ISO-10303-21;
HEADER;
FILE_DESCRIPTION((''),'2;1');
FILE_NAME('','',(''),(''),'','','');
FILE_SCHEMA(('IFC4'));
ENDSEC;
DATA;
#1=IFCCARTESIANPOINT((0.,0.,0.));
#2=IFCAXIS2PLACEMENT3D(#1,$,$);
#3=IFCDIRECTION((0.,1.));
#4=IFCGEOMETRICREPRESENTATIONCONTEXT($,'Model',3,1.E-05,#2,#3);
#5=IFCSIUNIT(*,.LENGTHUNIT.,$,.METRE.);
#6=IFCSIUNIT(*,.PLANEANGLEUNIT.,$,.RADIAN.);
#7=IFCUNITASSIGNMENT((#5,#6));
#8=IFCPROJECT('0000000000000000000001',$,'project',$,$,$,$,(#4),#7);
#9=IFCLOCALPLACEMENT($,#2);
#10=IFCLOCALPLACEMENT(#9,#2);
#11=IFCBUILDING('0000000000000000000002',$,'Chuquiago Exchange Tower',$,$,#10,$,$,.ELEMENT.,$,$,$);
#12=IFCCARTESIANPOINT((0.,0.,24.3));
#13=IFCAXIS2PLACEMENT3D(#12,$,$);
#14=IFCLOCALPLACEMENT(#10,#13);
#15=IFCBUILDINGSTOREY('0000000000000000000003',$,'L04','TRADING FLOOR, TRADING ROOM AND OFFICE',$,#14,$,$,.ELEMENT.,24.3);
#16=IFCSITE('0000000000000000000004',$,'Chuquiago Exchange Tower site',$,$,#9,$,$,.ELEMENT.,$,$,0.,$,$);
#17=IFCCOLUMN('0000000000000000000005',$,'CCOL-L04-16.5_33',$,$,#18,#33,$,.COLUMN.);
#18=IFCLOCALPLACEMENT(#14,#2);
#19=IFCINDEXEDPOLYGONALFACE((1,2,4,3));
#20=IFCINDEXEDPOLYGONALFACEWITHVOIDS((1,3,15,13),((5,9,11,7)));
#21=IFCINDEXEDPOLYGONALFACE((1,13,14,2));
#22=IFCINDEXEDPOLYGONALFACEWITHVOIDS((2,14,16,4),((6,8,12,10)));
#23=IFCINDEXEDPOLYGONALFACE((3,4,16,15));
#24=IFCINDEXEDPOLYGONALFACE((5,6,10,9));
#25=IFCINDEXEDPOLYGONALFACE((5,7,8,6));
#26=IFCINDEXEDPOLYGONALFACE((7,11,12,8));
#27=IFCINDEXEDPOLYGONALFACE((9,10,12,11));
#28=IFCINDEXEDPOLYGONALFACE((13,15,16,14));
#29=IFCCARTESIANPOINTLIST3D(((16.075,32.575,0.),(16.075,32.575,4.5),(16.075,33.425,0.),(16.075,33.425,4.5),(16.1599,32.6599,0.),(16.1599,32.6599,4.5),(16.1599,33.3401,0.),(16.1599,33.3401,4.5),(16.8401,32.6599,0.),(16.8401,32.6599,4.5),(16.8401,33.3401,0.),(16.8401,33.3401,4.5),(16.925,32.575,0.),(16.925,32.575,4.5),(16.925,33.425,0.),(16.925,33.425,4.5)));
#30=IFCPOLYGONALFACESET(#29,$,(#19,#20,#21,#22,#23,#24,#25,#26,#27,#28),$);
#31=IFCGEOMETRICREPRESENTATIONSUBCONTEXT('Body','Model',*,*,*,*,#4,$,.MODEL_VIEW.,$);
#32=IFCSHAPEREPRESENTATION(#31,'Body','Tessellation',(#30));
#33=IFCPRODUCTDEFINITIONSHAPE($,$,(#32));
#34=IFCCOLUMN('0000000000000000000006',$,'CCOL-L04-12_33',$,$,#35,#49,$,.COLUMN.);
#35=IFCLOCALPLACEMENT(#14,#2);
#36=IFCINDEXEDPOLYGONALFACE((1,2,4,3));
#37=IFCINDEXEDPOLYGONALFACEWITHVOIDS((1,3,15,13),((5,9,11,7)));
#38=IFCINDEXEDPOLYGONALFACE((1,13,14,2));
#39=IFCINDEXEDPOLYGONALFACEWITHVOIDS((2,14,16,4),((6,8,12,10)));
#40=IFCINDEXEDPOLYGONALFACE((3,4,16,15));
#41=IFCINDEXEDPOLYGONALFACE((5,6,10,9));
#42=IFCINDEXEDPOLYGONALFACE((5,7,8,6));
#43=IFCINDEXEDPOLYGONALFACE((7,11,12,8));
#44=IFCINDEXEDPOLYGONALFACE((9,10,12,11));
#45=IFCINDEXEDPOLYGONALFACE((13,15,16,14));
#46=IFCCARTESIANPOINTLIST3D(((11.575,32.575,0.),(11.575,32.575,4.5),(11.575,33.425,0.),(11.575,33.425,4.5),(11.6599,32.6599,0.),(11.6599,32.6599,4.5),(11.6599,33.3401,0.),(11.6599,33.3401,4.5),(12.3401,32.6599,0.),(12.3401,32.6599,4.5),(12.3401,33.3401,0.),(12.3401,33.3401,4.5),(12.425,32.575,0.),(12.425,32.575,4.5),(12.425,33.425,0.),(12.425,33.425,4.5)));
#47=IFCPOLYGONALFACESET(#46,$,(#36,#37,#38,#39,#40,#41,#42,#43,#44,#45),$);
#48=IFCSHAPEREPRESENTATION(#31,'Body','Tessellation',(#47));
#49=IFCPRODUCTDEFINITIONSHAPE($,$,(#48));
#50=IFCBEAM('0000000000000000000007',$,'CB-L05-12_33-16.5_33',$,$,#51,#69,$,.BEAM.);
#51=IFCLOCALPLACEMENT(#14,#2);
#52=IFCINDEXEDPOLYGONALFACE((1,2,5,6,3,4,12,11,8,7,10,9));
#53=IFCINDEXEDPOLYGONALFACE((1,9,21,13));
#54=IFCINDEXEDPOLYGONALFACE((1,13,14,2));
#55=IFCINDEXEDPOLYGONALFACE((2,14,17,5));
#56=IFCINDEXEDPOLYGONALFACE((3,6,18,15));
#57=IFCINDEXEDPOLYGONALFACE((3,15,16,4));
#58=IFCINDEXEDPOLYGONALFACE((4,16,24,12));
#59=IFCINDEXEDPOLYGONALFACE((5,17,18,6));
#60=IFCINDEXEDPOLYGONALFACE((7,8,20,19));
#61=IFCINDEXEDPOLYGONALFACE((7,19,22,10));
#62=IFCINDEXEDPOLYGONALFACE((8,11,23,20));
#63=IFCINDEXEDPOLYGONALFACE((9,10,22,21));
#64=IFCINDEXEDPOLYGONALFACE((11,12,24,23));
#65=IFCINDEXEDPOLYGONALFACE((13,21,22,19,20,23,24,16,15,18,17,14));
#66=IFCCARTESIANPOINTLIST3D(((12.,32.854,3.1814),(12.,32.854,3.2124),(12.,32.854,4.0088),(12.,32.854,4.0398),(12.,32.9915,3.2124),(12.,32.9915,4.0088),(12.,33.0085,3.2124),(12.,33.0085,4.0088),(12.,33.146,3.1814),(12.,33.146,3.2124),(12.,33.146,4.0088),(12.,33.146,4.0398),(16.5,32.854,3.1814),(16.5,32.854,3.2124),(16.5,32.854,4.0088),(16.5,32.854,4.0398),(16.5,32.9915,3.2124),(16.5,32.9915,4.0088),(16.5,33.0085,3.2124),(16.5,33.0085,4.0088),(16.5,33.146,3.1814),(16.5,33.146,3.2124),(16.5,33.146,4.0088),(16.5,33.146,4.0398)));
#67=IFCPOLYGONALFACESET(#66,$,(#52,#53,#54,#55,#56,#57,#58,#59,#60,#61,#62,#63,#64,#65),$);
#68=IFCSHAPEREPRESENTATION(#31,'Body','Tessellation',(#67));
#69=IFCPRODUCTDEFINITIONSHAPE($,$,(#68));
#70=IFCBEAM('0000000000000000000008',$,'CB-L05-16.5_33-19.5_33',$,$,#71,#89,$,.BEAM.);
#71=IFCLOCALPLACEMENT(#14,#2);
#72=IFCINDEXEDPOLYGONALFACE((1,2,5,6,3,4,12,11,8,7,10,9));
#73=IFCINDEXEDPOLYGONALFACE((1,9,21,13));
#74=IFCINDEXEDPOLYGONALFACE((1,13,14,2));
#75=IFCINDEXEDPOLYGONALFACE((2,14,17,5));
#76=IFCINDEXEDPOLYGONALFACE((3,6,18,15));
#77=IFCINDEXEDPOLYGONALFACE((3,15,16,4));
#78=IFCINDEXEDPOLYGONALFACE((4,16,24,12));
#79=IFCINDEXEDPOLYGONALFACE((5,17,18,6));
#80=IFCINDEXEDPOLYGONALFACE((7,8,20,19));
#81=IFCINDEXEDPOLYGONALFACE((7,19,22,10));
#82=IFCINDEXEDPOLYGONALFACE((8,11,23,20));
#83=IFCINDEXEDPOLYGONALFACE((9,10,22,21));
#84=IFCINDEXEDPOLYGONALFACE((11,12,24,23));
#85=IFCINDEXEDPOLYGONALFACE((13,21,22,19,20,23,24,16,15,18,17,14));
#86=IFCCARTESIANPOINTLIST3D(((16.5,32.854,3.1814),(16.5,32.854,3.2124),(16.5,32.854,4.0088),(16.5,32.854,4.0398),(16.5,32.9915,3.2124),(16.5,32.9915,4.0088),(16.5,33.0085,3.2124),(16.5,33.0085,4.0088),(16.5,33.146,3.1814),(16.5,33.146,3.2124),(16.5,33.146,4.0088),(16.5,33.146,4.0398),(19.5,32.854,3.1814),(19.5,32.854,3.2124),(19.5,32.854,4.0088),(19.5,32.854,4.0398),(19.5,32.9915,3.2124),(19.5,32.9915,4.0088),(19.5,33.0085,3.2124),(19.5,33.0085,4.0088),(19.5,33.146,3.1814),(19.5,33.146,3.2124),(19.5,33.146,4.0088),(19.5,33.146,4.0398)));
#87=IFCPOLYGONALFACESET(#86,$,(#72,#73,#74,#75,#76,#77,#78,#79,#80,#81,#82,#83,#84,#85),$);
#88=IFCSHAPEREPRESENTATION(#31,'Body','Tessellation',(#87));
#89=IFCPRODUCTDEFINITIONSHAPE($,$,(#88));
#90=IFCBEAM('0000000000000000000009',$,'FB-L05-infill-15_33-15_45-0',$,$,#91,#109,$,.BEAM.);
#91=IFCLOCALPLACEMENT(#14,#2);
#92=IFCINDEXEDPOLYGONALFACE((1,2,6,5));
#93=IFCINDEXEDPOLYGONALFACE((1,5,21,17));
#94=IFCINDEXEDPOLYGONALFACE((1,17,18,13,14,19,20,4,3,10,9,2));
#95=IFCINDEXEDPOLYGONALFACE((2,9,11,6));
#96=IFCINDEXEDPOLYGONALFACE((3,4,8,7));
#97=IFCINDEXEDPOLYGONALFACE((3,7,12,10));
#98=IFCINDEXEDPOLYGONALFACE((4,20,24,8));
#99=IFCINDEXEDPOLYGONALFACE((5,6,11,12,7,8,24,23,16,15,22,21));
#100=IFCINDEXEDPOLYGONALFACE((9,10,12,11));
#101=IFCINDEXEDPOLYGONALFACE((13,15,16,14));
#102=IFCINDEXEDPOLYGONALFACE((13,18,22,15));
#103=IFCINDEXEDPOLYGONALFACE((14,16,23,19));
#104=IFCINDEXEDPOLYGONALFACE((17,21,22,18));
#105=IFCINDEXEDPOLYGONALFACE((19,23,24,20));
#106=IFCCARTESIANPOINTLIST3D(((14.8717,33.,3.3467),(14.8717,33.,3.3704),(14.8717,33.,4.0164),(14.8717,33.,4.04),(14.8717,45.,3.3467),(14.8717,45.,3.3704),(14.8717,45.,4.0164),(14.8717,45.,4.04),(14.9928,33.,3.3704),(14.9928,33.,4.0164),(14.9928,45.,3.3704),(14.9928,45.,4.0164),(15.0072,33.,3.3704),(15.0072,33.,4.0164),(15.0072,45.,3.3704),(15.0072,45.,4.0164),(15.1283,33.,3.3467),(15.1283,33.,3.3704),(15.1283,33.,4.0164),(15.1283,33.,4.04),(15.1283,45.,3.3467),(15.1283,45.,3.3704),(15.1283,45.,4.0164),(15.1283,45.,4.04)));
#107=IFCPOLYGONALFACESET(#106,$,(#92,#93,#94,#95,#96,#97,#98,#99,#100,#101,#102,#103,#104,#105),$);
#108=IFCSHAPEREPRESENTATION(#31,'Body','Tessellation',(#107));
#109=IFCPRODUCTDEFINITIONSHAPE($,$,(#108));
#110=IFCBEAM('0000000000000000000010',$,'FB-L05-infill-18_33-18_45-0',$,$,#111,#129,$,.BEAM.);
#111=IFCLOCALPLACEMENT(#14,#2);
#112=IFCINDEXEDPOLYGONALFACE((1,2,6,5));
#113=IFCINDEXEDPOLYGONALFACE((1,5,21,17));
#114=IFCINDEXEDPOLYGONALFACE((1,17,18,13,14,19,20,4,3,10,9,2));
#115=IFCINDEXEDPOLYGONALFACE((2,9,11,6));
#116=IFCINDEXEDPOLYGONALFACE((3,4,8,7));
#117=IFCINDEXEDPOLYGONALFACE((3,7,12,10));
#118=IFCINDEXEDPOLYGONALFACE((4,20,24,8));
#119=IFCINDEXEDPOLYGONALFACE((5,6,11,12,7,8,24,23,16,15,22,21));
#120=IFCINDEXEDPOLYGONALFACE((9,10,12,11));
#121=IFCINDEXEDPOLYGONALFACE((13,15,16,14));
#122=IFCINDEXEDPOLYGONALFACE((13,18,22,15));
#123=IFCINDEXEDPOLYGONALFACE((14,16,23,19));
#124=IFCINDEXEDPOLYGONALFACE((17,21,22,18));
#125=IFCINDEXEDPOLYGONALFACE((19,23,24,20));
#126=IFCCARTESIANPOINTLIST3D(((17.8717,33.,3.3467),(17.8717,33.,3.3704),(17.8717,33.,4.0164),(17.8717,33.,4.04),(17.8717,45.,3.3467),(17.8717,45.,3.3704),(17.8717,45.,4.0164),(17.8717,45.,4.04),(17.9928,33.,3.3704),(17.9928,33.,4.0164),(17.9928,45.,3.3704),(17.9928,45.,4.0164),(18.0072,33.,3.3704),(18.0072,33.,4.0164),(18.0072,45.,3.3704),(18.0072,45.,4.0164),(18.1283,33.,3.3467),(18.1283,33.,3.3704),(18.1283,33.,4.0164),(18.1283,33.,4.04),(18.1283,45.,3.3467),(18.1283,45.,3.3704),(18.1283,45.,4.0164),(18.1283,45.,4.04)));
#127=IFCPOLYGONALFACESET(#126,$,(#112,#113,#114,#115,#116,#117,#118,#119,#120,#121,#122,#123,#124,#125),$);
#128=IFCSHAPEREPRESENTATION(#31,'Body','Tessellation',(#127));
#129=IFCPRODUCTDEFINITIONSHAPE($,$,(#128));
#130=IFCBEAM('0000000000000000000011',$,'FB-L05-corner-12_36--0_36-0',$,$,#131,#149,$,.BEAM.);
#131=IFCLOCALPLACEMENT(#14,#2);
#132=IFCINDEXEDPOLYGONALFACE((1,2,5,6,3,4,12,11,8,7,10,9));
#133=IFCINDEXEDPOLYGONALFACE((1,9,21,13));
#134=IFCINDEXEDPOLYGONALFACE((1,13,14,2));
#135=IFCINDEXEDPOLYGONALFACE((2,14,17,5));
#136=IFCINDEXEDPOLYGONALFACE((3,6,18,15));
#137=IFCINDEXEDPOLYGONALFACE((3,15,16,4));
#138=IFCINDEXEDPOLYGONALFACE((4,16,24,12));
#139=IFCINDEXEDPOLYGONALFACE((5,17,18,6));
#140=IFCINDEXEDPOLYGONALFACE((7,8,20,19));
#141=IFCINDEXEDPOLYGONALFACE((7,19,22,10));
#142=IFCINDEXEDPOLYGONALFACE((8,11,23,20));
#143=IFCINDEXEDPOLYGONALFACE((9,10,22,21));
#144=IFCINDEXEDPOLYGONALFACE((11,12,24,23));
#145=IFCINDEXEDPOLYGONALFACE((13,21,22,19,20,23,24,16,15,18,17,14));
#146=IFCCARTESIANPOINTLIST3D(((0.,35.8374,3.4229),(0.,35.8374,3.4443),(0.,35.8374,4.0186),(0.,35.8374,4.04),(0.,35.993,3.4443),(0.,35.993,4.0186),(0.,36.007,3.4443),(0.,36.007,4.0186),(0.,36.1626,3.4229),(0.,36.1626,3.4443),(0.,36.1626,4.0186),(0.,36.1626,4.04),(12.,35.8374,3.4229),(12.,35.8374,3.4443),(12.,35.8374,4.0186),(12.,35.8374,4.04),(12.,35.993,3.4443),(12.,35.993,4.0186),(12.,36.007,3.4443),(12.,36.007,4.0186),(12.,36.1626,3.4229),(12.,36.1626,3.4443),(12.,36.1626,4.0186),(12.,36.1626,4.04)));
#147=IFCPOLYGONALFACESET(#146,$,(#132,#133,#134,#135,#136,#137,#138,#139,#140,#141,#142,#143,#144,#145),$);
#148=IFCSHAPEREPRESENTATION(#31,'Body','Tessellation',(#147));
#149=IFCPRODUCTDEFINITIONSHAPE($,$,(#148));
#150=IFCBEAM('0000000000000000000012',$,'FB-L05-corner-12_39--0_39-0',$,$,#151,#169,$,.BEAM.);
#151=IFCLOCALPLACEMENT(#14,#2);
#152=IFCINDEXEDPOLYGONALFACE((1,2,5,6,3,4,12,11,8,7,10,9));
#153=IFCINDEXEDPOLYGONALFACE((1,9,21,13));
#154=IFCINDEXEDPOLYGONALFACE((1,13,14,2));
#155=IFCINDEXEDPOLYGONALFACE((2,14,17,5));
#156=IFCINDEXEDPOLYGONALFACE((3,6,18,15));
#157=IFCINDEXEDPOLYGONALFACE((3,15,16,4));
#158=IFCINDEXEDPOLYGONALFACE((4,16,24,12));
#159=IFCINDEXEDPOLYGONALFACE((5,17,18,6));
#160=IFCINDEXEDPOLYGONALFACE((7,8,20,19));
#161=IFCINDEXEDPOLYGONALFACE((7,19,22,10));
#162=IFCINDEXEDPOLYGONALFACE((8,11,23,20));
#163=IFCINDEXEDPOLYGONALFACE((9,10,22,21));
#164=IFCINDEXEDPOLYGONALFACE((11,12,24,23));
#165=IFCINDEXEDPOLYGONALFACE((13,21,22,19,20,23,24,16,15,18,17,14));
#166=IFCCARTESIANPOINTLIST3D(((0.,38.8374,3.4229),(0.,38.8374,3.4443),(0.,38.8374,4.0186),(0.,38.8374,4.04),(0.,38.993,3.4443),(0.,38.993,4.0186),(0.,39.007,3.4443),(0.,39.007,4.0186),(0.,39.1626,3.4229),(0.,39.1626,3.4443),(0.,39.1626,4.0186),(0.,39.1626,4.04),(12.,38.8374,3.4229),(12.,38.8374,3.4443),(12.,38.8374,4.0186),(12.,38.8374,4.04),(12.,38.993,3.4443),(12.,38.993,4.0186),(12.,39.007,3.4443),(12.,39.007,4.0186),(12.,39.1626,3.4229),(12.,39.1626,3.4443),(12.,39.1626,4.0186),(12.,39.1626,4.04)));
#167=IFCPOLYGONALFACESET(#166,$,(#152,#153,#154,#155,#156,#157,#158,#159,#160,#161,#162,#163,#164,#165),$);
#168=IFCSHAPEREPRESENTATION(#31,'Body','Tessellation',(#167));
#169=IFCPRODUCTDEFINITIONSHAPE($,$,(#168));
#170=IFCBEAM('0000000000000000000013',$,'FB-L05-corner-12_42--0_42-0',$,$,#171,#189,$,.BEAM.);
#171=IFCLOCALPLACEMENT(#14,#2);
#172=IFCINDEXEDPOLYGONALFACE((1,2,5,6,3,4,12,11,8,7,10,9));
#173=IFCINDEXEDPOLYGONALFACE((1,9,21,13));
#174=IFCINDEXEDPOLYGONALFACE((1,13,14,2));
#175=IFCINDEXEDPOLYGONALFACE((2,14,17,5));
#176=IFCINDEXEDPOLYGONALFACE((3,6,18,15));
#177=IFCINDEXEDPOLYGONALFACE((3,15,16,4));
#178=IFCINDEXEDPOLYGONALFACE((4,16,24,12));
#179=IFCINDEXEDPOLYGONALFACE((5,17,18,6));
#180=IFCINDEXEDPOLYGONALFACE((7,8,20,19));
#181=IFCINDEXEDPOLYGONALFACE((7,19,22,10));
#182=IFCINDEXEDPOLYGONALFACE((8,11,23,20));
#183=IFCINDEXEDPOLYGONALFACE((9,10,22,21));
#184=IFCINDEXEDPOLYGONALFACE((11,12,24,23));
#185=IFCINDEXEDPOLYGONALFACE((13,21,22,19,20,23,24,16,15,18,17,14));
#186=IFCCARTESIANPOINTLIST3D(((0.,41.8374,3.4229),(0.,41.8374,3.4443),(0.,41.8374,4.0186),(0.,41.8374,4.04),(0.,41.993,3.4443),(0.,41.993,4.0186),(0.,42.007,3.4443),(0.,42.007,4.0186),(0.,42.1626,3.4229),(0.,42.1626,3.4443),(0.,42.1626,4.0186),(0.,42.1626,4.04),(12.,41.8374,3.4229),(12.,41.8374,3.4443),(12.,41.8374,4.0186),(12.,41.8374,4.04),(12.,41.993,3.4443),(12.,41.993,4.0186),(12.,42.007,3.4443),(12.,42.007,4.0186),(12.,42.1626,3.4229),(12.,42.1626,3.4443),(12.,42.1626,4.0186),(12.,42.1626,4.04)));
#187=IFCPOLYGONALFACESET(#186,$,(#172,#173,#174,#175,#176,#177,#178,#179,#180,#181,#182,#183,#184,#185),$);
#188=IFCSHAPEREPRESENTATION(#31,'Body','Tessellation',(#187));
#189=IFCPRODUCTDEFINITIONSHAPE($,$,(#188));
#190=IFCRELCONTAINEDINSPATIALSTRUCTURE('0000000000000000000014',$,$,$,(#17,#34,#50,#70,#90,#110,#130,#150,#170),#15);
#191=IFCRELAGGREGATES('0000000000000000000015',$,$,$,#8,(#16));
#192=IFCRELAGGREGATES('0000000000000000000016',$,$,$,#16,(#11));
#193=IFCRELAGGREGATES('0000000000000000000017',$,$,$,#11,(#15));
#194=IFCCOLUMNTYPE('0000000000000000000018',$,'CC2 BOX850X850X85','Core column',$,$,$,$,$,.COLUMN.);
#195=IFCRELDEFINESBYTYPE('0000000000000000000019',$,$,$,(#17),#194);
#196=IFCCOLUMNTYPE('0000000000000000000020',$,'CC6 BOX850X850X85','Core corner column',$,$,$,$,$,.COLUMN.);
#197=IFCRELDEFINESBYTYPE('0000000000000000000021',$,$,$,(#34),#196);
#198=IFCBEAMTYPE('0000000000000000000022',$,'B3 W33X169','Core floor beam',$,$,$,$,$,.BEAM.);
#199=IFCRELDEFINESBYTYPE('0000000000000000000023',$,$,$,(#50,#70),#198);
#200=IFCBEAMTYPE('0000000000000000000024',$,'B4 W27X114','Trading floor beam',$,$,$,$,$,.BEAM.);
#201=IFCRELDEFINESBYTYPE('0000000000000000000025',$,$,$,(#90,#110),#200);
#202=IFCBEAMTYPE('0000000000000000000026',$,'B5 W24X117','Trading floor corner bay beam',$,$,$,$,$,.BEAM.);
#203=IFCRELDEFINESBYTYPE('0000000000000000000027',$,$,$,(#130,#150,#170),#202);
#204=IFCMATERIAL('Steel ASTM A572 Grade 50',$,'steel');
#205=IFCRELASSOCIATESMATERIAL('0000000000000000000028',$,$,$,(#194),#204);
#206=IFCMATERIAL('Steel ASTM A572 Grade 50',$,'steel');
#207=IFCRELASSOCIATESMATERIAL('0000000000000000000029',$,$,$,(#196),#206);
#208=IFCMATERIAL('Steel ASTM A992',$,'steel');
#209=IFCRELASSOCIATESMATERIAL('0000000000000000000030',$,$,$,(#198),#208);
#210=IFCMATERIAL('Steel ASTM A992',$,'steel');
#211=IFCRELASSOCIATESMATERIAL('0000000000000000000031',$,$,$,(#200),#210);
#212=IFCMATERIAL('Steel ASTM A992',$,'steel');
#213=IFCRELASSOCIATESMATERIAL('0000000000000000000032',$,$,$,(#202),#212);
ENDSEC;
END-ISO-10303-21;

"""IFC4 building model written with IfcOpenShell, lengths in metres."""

from ifc_helpers import new_model, si_unit, direction, frame, origin, origin_2d, place, context, subcontext, project, spatial, hollow_rectangle, i_section, extrude, material, material_profile, profile_set, type_object, element, save


model = new_model("IFC4")

# Units and contexts
model_context = context("Model", 3, precision=1e-05, world=origin(), true_north=direction((0.0, 1.0)))
body_context = subcontext(model_context, "Body", "Model", "MODEL_VIEW")
ifc_project = project(units=[si_unit("LENGTHUNIT", "METRE"), si_unit("PLANEANGLEUNIT", "RADIAN")], contexts=[model_context])

# Site, building, storey
site_placement = place(None, origin())
site = spatial("IfcSite", under=ifc_project, at=site_placement, Name="Chuquiago Exchange Tower site", CompositionType="ELEMENT", RefElevation=0.0)
building_placement = place(site_placement, origin())
building = spatial("IfcBuilding", under=site, at=building_placement, Name="Chuquiago Exchange Tower", CompositionType="ELEMENT")
storey_placement = place(building_placement, frame((0.0, 0.0, 24.3)))
storey = spatial("IfcBuildingStorey", under=building, at=storey_placement, Name="L04", Description="TRADING FLOOR, TRADING ROOM AND OFFICE", CompositionType="ELEMENT", Elevation=24.3)

# Columns
ifc_material_1 = material(Name="Steel ASTM A572 Grade 50", Category="steel")
ifc_material_profile_1 = material_profile(ifc_material_1, hollow_rectangle(XDim=0.8501, YDim=0.8501, WallThickness=0.085, at=origin_2d()), Name="BOX850X850X85")
ifc_profile_set_1 = profile_set([ifc_material_profile_1], Name="Steel ASTM A572 Grade 50")
column_type_1 = type_object("IfcColumnType", Name="CC2 BOX850X850X85", Description="Core column", PredefinedType="COLUMN", material=ifc_profile_set_1)
column_1_placement = place(storey_placement, frame((16.5, 33.0, 0.0), z_axis=(0.0, 0.0, 1.0), x_axis=(1.0, 0.0, 0.0)))
element("IfcColumn", 1, at=column_1_placement, inside=storey, type_object=column_type_1, Name="CCOL-L04-16.5_33", PredefinedType="COLUMN", context=body_context, shape_type="SweptSolid", body=[
    extrude(hollow_rectangle(XDim=0.8501, YDim=0.8501, WallThickness=0.085, at=origin_2d()), origin(), (0.0, 0.0, 1.0), 4.5),
])
ifc_material_2 = material(Name="Steel ASTM A572 Grade 50", Category="steel")
ifc_material_profile_2 = material_profile(ifc_material_2, hollow_rectangle(XDim=0.8501, YDim=0.8501, WallThickness=0.085, at=origin_2d()), Name="BOX850X850X85")
ifc_profile_set_2 = profile_set([ifc_material_profile_2], Name="Steel ASTM A572 Grade 50")
column_type_2 = type_object("IfcColumnType", Name="CC6 BOX850X850X85", Description="Core corner column", PredefinedType="COLUMN", material=ifc_profile_set_2)
column_2_placement = place(storey_placement, frame((12.0, 33.0, 0.0), z_axis=(0.0, 0.0, 1.0), x_axis=(1.0, 0.0, 0.0)))
element("IfcColumn", 2, at=column_2_placement, inside=storey, type_object=column_type_2, Name="CCOL-L04-12_33", PredefinedType="COLUMN", context=body_context, shape_type="SweptSolid", body=[
    extrude(hollow_rectangle(XDim=0.8501, YDim=0.8501, WallThickness=0.085, at=origin_2d()), origin(), (0.0, 0.0, 1.0), 4.5),
])

# Beams
ifc_material_3 = material(Name="Steel ASTM A992", Category="steel")
ifc_material_profile_3 = material_profile(ifc_material_3, i_section(OverallWidth=0.292, OverallDepth=0.8584, WebThickness=0.0171, FlangeThickness=0.031, at=origin_2d()), Name="W33X169")
ifc_profile_set_3 = profile_set([ifc_material_profile_3], Name="Steel ASTM A992")
beam_type_1 = type_object("IfcBeamType", Name="B3 W33X169", Description="Core floor beam", PredefinedType="BEAM", material=ifc_profile_set_3)
beam_1_placement = place(storey_placement, frame((12.0, 33.0, 3.6106), z_axis=(1.0, 0.0, 0.0), x_axis=(0.0, 1.0, 0.0)))
element("IfcBeam", 3, at=beam_1_placement, inside=storey, type_object=beam_type_1, Name="CB-L05-12_33-16.5_33", PredefinedType="BEAM", context=body_context, shape_type="SweptSolid", body=[
    extrude(i_section(OverallWidth=0.292, OverallDepth=0.8584, WebThickness=0.0171, FlangeThickness=0.031, at=origin_2d()), origin(), (0.0, 0.0, 1.0), 4.5),
])
beam_2_placement = place(storey_placement, frame((16.5, 33.0, 3.6106), z_axis=(1.0, 0.0, 0.0), x_axis=(0.0, 1.0, 0.0)))
element("IfcBeam", 4, at=beam_2_placement, inside=storey, type_object=beam_type_1, Name="CB-L05-16.5_33-19.5_33", PredefinedType="BEAM", context=body_context, shape_type="SweptSolid", body=[
    extrude(i_section(OverallWidth=0.292, OverallDepth=0.8584, WebThickness=0.0171, FlangeThickness=0.031, at=origin_2d()), origin(), (0.0, 0.0, 1.0), 3.0),
])
ifc_material_4 = material(Name="Steel ASTM A992", Category="steel")
ifc_material_profile_4 = material_profile(ifc_material_4, i_section(OverallWidth=0.2566, OverallDepth=0.6934, WebThickness=0.0144, FlangeThickness=0.0237, at=origin_2d()), Name="W27X114")
ifc_profile_set_4 = profile_set([ifc_material_profile_4], Name="Steel ASTM A992")
beam_type_2 = type_object("IfcBeamType", Name="B4 W27X114", Description="Trading floor beam", PredefinedType="BEAM", material=ifc_profile_set_4)
for number, where, z_axis, x_axis, name in (
    (5, (15.0, 33.0, 3.6934), (0.0, 1.0, 0.0), (-1.0, 0.0, 0.0), "FB-L05-infill-15_33-15_45-0"),
    (6, (18.0, 33.0, 3.6934), (0.0, 1.0, 0.0), (-1.0, 0.0, 0.0), "FB-L05-infill-18_33-18_45-0"),
):
    element("IfcBeam", number, at=place(storey_placement, frame(where, z_axis=z_axis, x_axis=x_axis)), inside=storey, type_object=beam_type_2, Name=name, PredefinedType="BEAM", context=body_context, shape_type="SweptSolid", body=[
        extrude(i_section(OverallWidth=0.2566, OverallDepth=0.6934, WebThickness=0.0144, FlangeThickness=0.0237, at=origin_2d()), origin(), (0.0, 0.0, 1.0), 12.0),
    ])
ifc_material_5 = material(Name="Steel ASTM A992", Category="steel")
ifc_material_profile_5 = material_profile(ifc_material_5, i_section(OverallWidth=0.3252, OverallDepth=0.6172, WebThickness=0.0139, FlangeThickness=0.0215, at=origin_2d()), Name="W24X117")
ifc_profile_set_5 = profile_set([ifc_material_profile_5], Name="Steel ASTM A992")
beam_type_3 = type_object("IfcBeamType", Name="B5 W24X117", Description="Trading floor corner bay beam", PredefinedType="BEAM", material=ifc_profile_set_5)
for number, where, z_axis, x_axis, name in (
    (7, (12.0, 36.0, 3.7314), (-1.0, 0.0, 0.0), (0.0, -1.0, 0.0), "FB-L05-corner-12_36--0_36-0"),
    (8, (12.0, 39.0, 3.7314), (-1.0, 0.0, 0.0), (0.0, -1.0, 0.0), "FB-L05-corner-12_39--0_39-0"),
    (9, (12.0, 42.0, 3.7314), (-1.0, 0.0, 0.0), (0.0, -1.0, 0.0), "FB-L05-corner-12_42--0_42-0"),
):
    element("IfcBeam", number, at=place(storey_placement, frame(where, z_axis=z_axis, x_axis=x_axis)), inside=storey, type_object=beam_type_3, Name=name, PredefinedType="BEAM", context=body_context, shape_type="SweptSolid", body=[
        extrude(i_section(OverallWidth=0.3252, OverallDepth=0.6172, WebThickness=0.0139, FlangeThickness=0.0215, at=origin_2d()), origin(), (0.0, 0.0, 1.0), 12.0),
    ])

save(model, "model.ifc")
